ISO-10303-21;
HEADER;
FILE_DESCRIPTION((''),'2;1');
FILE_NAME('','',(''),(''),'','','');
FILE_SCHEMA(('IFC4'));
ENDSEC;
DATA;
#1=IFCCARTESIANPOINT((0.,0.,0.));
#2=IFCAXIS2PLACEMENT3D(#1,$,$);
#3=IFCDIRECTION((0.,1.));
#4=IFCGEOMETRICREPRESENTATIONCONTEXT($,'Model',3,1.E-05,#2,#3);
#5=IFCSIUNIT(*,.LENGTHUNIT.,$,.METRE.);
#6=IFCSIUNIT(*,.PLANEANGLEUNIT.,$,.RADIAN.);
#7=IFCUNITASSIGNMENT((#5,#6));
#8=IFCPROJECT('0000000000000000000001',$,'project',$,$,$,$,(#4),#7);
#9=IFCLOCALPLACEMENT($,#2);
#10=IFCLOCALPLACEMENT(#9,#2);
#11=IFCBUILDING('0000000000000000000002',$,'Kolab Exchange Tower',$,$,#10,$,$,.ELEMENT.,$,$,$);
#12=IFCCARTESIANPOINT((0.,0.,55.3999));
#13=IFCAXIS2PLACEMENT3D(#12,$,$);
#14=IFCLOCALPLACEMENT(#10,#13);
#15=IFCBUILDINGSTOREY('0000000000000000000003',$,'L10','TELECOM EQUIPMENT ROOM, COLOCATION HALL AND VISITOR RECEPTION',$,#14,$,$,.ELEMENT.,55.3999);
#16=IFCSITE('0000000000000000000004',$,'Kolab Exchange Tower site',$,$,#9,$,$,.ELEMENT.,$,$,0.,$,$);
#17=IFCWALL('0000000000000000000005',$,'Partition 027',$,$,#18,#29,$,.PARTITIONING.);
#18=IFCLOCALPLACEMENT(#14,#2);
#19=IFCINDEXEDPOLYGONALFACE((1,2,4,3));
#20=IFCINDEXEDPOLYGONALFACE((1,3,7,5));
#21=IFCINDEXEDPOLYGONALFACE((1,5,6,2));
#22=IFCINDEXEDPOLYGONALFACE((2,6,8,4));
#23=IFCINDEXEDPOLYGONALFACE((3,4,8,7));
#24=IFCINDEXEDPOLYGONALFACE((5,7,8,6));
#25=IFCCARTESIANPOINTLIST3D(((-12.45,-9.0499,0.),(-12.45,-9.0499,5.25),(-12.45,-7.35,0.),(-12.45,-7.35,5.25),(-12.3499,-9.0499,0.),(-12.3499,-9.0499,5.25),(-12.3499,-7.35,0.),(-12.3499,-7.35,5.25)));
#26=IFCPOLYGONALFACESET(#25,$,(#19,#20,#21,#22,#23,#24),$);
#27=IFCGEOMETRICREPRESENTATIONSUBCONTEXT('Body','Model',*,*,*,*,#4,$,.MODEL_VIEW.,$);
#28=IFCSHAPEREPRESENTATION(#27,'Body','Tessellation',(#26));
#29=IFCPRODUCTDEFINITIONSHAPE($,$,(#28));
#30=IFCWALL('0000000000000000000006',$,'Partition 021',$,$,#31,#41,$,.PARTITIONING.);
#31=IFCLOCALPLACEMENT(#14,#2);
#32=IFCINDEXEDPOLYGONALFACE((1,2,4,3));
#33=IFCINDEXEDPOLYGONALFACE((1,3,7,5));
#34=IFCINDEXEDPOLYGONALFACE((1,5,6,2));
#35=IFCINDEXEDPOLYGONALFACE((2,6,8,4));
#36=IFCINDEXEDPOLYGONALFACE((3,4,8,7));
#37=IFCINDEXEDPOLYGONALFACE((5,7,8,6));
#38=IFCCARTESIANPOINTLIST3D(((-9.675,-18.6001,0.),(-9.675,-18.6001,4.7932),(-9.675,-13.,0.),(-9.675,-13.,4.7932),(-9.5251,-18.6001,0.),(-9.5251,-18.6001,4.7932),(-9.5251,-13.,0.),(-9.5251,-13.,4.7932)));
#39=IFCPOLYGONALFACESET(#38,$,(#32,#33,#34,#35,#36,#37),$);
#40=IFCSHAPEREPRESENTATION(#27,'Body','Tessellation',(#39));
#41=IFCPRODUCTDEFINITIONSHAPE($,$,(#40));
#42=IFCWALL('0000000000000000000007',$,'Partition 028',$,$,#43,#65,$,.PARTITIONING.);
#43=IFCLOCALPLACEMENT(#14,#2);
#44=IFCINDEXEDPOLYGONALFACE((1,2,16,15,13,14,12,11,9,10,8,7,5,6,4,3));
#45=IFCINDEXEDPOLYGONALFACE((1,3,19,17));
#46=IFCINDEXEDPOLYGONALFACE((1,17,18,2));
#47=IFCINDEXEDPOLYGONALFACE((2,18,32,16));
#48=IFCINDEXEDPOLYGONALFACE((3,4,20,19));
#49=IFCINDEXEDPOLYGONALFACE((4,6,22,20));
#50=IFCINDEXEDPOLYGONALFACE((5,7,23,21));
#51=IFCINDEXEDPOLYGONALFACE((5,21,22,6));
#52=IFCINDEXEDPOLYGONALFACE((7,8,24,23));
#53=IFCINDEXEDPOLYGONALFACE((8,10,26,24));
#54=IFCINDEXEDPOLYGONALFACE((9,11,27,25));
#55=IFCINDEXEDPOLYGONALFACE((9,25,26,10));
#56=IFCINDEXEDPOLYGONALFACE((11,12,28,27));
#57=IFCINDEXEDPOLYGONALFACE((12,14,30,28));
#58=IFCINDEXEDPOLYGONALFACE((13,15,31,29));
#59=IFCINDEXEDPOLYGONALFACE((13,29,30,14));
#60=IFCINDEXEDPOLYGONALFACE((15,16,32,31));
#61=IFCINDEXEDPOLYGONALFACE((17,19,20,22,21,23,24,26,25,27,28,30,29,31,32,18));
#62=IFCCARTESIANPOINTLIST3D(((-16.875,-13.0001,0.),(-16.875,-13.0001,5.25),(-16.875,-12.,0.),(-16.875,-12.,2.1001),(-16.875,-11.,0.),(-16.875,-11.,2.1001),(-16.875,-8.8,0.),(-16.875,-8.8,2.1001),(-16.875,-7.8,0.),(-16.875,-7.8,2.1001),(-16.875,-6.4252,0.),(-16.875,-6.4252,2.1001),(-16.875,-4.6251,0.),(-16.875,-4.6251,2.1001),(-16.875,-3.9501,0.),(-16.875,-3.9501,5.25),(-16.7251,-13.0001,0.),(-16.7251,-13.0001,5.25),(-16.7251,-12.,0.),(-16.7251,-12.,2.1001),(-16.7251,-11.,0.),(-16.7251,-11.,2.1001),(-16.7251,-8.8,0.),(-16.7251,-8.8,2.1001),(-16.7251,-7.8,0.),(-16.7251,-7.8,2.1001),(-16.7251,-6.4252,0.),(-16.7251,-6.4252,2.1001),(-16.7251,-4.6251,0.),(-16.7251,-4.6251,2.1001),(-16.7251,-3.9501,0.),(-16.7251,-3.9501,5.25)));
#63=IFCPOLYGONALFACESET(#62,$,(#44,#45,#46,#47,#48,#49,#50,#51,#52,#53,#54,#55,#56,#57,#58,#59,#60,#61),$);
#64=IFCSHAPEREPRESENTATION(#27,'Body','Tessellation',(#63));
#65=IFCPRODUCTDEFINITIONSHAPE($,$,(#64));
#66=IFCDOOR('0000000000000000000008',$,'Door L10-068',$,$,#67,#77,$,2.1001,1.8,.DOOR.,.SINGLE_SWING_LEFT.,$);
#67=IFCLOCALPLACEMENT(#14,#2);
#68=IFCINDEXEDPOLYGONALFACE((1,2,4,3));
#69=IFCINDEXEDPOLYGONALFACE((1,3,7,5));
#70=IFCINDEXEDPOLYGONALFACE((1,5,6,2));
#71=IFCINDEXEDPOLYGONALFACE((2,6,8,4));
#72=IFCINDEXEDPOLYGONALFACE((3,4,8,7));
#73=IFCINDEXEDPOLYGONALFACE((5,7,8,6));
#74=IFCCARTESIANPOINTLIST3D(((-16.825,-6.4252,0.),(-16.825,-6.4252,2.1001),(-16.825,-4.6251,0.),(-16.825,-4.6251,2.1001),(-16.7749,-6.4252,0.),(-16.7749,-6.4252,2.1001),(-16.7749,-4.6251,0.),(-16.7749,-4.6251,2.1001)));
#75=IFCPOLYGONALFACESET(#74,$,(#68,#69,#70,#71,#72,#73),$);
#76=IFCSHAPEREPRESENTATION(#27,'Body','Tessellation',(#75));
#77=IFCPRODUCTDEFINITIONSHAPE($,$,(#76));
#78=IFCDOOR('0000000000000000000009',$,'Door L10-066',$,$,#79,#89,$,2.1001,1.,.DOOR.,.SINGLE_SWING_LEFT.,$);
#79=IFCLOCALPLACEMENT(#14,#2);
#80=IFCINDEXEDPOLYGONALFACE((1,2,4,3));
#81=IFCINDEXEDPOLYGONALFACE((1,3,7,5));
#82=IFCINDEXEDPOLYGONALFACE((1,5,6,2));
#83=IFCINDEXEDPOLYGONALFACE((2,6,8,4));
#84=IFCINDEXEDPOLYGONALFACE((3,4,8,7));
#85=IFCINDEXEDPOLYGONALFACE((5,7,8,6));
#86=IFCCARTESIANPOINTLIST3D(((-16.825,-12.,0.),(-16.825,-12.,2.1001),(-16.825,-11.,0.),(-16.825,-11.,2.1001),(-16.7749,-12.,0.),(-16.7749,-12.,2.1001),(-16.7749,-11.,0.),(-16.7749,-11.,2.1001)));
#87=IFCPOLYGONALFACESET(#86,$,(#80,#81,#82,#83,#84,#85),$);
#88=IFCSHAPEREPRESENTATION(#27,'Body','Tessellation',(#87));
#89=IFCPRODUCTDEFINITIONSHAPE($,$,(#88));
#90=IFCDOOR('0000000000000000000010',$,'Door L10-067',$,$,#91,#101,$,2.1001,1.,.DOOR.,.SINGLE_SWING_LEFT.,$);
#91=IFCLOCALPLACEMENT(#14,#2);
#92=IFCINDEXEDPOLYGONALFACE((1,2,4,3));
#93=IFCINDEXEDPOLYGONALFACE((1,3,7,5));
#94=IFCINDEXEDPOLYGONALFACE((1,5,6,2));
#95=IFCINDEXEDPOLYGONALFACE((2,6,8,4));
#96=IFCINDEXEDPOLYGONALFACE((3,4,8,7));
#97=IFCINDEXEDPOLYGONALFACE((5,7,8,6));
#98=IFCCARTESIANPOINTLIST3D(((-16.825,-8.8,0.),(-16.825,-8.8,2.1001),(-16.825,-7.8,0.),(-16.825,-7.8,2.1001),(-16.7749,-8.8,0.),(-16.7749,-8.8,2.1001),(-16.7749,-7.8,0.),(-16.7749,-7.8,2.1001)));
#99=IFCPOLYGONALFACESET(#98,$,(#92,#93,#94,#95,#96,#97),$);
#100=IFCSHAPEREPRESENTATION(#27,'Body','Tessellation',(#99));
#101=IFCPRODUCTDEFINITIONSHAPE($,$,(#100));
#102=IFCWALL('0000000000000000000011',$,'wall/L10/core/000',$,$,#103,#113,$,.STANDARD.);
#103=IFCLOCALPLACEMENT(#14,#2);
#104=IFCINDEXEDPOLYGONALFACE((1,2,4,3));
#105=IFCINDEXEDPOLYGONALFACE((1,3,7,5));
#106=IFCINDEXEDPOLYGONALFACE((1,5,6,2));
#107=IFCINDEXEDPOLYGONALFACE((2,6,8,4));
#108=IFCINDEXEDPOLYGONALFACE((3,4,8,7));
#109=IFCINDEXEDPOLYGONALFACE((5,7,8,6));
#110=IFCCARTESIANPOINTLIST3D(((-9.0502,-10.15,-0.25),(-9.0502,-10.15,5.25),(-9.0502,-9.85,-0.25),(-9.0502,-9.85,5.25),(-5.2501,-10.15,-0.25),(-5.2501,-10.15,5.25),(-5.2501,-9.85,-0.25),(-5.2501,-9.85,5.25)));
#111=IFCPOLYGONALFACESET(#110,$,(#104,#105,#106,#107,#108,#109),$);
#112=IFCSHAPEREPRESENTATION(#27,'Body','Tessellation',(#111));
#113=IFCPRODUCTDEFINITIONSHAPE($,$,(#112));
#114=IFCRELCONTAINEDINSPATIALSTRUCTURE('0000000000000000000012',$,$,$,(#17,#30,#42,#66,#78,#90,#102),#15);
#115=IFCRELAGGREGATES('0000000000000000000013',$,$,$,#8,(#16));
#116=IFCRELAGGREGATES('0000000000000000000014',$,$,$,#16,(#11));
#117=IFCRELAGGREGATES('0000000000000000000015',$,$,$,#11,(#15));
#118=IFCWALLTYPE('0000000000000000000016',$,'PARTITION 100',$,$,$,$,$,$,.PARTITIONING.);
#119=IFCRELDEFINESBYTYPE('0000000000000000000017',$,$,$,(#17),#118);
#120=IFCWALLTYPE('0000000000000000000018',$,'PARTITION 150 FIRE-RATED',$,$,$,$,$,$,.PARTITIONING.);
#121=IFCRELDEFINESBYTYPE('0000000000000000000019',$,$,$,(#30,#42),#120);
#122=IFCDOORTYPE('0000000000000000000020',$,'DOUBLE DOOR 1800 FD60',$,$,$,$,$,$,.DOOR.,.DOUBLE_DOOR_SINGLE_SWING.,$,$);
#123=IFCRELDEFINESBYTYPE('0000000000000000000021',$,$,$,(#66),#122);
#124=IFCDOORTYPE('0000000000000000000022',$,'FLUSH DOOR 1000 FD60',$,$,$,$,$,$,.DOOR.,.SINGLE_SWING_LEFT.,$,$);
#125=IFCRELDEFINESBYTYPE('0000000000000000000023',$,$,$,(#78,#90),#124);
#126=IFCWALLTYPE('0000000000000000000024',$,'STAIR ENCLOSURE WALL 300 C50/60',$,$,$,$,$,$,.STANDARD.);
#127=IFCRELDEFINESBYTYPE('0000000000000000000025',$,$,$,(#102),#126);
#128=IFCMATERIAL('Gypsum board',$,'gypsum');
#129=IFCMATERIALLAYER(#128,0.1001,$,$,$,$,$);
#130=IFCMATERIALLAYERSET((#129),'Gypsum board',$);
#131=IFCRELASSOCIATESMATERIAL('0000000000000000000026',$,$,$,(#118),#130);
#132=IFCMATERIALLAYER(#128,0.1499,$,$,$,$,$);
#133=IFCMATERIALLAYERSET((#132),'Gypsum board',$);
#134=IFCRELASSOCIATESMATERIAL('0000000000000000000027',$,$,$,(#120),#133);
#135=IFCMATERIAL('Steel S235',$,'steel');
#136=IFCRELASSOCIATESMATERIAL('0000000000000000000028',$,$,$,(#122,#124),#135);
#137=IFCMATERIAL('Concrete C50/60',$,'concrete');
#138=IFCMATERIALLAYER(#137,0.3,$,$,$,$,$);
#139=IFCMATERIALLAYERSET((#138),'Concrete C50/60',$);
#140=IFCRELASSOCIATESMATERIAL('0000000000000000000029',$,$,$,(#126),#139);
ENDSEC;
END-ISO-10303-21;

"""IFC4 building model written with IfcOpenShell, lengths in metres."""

from ifc_helpers import new_model, si_unit, direction, frame, frame_2d, origin, place, context, subcontext, project, spatial, rectangle, extrude, material, layer, layer_set, type_object, element, fill, save


model = new_model("IFC4")

# Units and contexts
model_context = context("Model", 3, precision=1e-05, world=origin(), true_north=direction((0.0, 1.0)))
body_context = subcontext(model_context, "Body", "Model", "MODEL_VIEW")
ifc_project = project(units=[si_unit("LENGTHUNIT", "METRE"), si_unit("PLANEANGLEUNIT", "RADIAN")], contexts=[model_context])

# Site, building, storey
site_placement = place(None, origin())
site = spatial("IfcSite", under=ifc_project, at=site_placement, Name="Kolab Exchange Tower site", CompositionType="ELEMENT", RefElevation=0.0)
building_placement = place(site_placement, origin())
building = spatial("IfcBuilding", under=site, at=building_placement, Name="Kolab Exchange Tower", CompositionType="ELEMENT")
storey_placement = place(building_placement, frame((0.0, 0.0, 55.3999)))
storey = spatial("IfcBuildingStorey", under=building, at=storey_placement, Name="L10", Description="TELECOM EQUIPMENT ROOM, COLOCATION HALL AND VISITOR RECEPTION", CompositionType="ELEMENT", Elevation=55.3999)

# Shared definitions
ifc_material_1 = material(Name="Steel S235", Category="steel")

# Walls
ifc_material_2 = material(Name="Concrete C50/60", Category="concrete")
ifc_material_3 = material(Name="Gypsum board", Category="gypsum")
ifc_layer_1 = layer(ifc_material_3, 0.1001)
ifc_layer_set_1 = layer_set([ifc_layer_1], Name="Gypsum board")
wall_type_1 = type_object("IfcWallType", Name="PARTITION 100", PredefinedType="PARTITIONING", material=ifc_layer_set_1)
wall_1_placement = place(storey_placement, frame((-12.3999, -9.05, 0.0), z_axis=(0.0, 0.0, 1.0), x_axis=(0.0, 1.0, 0.0)))
element("IfcWall", 1, at=wall_1_placement, inside=storey, type_object=wall_type_1, Name="Partition 027", PredefinedType="PARTITIONING", context=body_context, shape_type="SweptSolid", body=[
    extrude(rectangle(XDim=1.7, YDim=0.1001, at=frame_2d((0.8501, 0.0))), origin(), (0.0, 0.0, 1.0), 5.25),
])
ifc_layer_2 = layer(ifc_material_3, 0.1499)
ifc_layer_set_2 = layer_set([ifc_layer_2], Name="Gypsum board")
wall_type_2 = type_object("IfcWallType", Name="PARTITION 150 FIRE-RATED", PredefinedType="PARTITIONING", material=ifc_layer_set_2)
wall_2_placement = place(storey_placement, frame((-9.6001, -18.6001, 0.0), z_axis=(0.0, 0.0, 1.0), x_axis=(0.0, 1.0, 0.0)))
element("IfcWall", 2, at=wall_2_placement, inside=storey, type_object=wall_type_2, Name="Partition 021", PredefinedType="PARTITIONING", context=body_context, shape_type="SweptSolid", body=[
    extrude(rectangle(XDim=5.6001, YDim=0.1499, at=frame_2d((2.8, 0.0))), origin(), (0.0, 0.0, 1.0), 4.7932),
])

# Wall, openings, doors
wall_3_placement = place(storey_placement, frame((-16.8, -13.0, 0.0), z_axis=(0.0, 0.0, 1.0), x_axis=(0.0, 1.0, 0.0)))
wall_3 = element("IfcWall", 3, at=wall_3_placement, inside=storey, type_object=wall_type_2, Name="Partition 028", PredefinedType="PARTITIONING", context=body_context, shape_type="SweptSolid", body=[
    extrude(rectangle(XDim=9.05, YDim=0.1499, at=frame_2d((4.5249, 0.0))), origin(), (0.0, 0.0, 1.0), 5.25),
])
opening_1_placement = place(wall_3_placement, frame((1.0, 0.0, 0.0)))
opening_1 = element("IfcOpeningElement", 4, at=opening_1_placement, cuts=wall_3, PredefinedType="OPENING", context=body_context, shape_type="SweptSolid", body=[
    extrude(rectangle(XDim=1.0, YDim=2.1001, at=frame_2d((0.5, 1.05))), frame((0.0, 0.085, 0.0), z_axis=(0.0, -1.0, 0.0), x_axis=(1.0, 0.0, 0.0)), (0.0, 0.0, 1.0), 0.1699),
])
opening_2_placement = place(wall_3_placement, frame((4.2, 0.0, 0.0)))
opening_2 = element("IfcOpeningElement", 5, at=opening_2_placement, cuts=wall_3, PredefinedType="OPENING", context=body_context, shape_type="SweptSolid", body=[
    extrude(rectangle(XDim=1.0, YDim=2.1001, at=frame_2d((0.5, 1.05))), frame((0.0, 0.085, 0.0), z_axis=(0.0, -1.0, 0.0), x_axis=(1.0, 0.0, 0.0)), (0.0, 0.0, 1.0), 0.1699),
])
opening_3_placement = place(wall_3_placement, frame((6.575, 0.0, 0.0)))
opening_3 = element("IfcOpeningElement", 6, at=opening_3_placement, cuts=wall_3, PredefinedType="OPENING", context=body_context, shape_type="SweptSolid", body=[
    extrude(rectangle(XDim=1.8, YDim=2.1001, at=frame_2d((0.8999, 1.05))), frame((0.0, 0.085, 0.0), z_axis=(0.0, -1.0, 0.0), x_axis=(1.0, 0.0, 0.0)), (0.0, 0.0, 1.0), 0.1699),
])
door_type_1 = type_object("IfcDoorType", Name="DOUBLE DOOR 1800 FD60", OperationType="DOUBLE_DOOR_SINGLE_SWING", PredefinedType="DOOR", material=ifc_material_1)
door_1_placement = place(opening_3_placement, origin())
door_1 = element("IfcDoor", 7, at=door_1_placement, inside=storey, type_object=door_type_1, Name="Door L10-068", OperationType="SINGLE_SWING_LEFT", OverallHeight=2.1001, OverallWidth=1.8, PredefinedType="DOOR", context=body_context, shape_type="SweptSolid", body=[
    extrude(rectangle(XDim=1.8, YDim=2.1001, at=frame_2d((0.8999, 1.05))), frame((0.0, 0.0249, 0.0), z_axis=(0.0, -1.0, 0.0), x_axis=(1.0, 0.0, 0.0)), (0.0, 0.0, 1.0), 0.05),
])
fill(opening_3, door_1)
door_type_2 = type_object("IfcDoorType", Name="FLUSH DOOR 1000 FD60", OperationType="SINGLE_SWING_LEFT", PredefinedType="DOOR", material=ifc_material_1)
door_2_placement = place(opening_1_placement, origin())
door_2 = element("IfcDoor", 8, at=door_2_placement, inside=storey, type_object=door_type_2, Name="Door L10-066", OperationType="SINGLE_SWING_LEFT", OverallHeight=2.1001, OverallWidth=1.0, PredefinedType="DOOR", context=body_context, shape_type="SweptSolid", body=[
    extrude(rectangle(XDim=1.0, YDim=2.1001, at=frame_2d((0.5, 1.05))), frame((0.0, 0.0249, 0.0), z_axis=(0.0, -1.0, 0.0), x_axis=(1.0, 0.0, 0.0)), (0.0, 0.0, 1.0), 0.05),
])
fill(opening_1, door_2)
door_3_placement = place(opening_2_placement, origin())
door_3 = element("IfcDoor", 9, at=door_3_placement, inside=storey, type_object=door_type_2, Name="Door L10-067", OperationType="SINGLE_SWING_LEFT", OverallHeight=2.1001, OverallWidth=1.0, PredefinedType="DOOR", context=body_context, shape_type="SweptSolid", body=[
    extrude(rectangle(XDim=1.0, YDim=2.1001, at=frame_2d((0.5, 1.05))), frame((0.0, 0.0249, 0.0), z_axis=(0.0, -1.0, 0.0), x_axis=(1.0, 0.0, 0.0)), (0.0, 0.0, 1.0), 0.05),
])
fill(opening_2, door_3)

# Wall
ifc_layer_3 = layer(ifc_material_2, 0.3)
ifc_layer_set_3 = layer_set([ifc_layer_3], Name="Concrete C50/60")
wall_type_3 = type_object("IfcWallType", Name="STAIR ENCLOSURE WALL 300 C50/60", PredefinedType="STANDARD", material=ifc_layer_set_3)
wall_4_placement = place(storey_placement, frame((-9.05, -10.0, -0.25), z_axis=(0.0, 0.0, 1.0), x_axis=(1.0, 0.0, 0.0)))
element("IfcWall", 10, at=wall_4_placement, inside=storey, type_object=wall_type_3, Name="wall/L10/core/000", PredefinedType="STANDARD", context=body_context, shape_type="SweptSolid", body=[
    extrude(rectangle(XDim=3.8, YDim=0.3, at=frame_2d((1.8999, 0.0))), origin(), (0.0, 0.0, 1.0), 5.5),
])

save(model, "model.ifc")
